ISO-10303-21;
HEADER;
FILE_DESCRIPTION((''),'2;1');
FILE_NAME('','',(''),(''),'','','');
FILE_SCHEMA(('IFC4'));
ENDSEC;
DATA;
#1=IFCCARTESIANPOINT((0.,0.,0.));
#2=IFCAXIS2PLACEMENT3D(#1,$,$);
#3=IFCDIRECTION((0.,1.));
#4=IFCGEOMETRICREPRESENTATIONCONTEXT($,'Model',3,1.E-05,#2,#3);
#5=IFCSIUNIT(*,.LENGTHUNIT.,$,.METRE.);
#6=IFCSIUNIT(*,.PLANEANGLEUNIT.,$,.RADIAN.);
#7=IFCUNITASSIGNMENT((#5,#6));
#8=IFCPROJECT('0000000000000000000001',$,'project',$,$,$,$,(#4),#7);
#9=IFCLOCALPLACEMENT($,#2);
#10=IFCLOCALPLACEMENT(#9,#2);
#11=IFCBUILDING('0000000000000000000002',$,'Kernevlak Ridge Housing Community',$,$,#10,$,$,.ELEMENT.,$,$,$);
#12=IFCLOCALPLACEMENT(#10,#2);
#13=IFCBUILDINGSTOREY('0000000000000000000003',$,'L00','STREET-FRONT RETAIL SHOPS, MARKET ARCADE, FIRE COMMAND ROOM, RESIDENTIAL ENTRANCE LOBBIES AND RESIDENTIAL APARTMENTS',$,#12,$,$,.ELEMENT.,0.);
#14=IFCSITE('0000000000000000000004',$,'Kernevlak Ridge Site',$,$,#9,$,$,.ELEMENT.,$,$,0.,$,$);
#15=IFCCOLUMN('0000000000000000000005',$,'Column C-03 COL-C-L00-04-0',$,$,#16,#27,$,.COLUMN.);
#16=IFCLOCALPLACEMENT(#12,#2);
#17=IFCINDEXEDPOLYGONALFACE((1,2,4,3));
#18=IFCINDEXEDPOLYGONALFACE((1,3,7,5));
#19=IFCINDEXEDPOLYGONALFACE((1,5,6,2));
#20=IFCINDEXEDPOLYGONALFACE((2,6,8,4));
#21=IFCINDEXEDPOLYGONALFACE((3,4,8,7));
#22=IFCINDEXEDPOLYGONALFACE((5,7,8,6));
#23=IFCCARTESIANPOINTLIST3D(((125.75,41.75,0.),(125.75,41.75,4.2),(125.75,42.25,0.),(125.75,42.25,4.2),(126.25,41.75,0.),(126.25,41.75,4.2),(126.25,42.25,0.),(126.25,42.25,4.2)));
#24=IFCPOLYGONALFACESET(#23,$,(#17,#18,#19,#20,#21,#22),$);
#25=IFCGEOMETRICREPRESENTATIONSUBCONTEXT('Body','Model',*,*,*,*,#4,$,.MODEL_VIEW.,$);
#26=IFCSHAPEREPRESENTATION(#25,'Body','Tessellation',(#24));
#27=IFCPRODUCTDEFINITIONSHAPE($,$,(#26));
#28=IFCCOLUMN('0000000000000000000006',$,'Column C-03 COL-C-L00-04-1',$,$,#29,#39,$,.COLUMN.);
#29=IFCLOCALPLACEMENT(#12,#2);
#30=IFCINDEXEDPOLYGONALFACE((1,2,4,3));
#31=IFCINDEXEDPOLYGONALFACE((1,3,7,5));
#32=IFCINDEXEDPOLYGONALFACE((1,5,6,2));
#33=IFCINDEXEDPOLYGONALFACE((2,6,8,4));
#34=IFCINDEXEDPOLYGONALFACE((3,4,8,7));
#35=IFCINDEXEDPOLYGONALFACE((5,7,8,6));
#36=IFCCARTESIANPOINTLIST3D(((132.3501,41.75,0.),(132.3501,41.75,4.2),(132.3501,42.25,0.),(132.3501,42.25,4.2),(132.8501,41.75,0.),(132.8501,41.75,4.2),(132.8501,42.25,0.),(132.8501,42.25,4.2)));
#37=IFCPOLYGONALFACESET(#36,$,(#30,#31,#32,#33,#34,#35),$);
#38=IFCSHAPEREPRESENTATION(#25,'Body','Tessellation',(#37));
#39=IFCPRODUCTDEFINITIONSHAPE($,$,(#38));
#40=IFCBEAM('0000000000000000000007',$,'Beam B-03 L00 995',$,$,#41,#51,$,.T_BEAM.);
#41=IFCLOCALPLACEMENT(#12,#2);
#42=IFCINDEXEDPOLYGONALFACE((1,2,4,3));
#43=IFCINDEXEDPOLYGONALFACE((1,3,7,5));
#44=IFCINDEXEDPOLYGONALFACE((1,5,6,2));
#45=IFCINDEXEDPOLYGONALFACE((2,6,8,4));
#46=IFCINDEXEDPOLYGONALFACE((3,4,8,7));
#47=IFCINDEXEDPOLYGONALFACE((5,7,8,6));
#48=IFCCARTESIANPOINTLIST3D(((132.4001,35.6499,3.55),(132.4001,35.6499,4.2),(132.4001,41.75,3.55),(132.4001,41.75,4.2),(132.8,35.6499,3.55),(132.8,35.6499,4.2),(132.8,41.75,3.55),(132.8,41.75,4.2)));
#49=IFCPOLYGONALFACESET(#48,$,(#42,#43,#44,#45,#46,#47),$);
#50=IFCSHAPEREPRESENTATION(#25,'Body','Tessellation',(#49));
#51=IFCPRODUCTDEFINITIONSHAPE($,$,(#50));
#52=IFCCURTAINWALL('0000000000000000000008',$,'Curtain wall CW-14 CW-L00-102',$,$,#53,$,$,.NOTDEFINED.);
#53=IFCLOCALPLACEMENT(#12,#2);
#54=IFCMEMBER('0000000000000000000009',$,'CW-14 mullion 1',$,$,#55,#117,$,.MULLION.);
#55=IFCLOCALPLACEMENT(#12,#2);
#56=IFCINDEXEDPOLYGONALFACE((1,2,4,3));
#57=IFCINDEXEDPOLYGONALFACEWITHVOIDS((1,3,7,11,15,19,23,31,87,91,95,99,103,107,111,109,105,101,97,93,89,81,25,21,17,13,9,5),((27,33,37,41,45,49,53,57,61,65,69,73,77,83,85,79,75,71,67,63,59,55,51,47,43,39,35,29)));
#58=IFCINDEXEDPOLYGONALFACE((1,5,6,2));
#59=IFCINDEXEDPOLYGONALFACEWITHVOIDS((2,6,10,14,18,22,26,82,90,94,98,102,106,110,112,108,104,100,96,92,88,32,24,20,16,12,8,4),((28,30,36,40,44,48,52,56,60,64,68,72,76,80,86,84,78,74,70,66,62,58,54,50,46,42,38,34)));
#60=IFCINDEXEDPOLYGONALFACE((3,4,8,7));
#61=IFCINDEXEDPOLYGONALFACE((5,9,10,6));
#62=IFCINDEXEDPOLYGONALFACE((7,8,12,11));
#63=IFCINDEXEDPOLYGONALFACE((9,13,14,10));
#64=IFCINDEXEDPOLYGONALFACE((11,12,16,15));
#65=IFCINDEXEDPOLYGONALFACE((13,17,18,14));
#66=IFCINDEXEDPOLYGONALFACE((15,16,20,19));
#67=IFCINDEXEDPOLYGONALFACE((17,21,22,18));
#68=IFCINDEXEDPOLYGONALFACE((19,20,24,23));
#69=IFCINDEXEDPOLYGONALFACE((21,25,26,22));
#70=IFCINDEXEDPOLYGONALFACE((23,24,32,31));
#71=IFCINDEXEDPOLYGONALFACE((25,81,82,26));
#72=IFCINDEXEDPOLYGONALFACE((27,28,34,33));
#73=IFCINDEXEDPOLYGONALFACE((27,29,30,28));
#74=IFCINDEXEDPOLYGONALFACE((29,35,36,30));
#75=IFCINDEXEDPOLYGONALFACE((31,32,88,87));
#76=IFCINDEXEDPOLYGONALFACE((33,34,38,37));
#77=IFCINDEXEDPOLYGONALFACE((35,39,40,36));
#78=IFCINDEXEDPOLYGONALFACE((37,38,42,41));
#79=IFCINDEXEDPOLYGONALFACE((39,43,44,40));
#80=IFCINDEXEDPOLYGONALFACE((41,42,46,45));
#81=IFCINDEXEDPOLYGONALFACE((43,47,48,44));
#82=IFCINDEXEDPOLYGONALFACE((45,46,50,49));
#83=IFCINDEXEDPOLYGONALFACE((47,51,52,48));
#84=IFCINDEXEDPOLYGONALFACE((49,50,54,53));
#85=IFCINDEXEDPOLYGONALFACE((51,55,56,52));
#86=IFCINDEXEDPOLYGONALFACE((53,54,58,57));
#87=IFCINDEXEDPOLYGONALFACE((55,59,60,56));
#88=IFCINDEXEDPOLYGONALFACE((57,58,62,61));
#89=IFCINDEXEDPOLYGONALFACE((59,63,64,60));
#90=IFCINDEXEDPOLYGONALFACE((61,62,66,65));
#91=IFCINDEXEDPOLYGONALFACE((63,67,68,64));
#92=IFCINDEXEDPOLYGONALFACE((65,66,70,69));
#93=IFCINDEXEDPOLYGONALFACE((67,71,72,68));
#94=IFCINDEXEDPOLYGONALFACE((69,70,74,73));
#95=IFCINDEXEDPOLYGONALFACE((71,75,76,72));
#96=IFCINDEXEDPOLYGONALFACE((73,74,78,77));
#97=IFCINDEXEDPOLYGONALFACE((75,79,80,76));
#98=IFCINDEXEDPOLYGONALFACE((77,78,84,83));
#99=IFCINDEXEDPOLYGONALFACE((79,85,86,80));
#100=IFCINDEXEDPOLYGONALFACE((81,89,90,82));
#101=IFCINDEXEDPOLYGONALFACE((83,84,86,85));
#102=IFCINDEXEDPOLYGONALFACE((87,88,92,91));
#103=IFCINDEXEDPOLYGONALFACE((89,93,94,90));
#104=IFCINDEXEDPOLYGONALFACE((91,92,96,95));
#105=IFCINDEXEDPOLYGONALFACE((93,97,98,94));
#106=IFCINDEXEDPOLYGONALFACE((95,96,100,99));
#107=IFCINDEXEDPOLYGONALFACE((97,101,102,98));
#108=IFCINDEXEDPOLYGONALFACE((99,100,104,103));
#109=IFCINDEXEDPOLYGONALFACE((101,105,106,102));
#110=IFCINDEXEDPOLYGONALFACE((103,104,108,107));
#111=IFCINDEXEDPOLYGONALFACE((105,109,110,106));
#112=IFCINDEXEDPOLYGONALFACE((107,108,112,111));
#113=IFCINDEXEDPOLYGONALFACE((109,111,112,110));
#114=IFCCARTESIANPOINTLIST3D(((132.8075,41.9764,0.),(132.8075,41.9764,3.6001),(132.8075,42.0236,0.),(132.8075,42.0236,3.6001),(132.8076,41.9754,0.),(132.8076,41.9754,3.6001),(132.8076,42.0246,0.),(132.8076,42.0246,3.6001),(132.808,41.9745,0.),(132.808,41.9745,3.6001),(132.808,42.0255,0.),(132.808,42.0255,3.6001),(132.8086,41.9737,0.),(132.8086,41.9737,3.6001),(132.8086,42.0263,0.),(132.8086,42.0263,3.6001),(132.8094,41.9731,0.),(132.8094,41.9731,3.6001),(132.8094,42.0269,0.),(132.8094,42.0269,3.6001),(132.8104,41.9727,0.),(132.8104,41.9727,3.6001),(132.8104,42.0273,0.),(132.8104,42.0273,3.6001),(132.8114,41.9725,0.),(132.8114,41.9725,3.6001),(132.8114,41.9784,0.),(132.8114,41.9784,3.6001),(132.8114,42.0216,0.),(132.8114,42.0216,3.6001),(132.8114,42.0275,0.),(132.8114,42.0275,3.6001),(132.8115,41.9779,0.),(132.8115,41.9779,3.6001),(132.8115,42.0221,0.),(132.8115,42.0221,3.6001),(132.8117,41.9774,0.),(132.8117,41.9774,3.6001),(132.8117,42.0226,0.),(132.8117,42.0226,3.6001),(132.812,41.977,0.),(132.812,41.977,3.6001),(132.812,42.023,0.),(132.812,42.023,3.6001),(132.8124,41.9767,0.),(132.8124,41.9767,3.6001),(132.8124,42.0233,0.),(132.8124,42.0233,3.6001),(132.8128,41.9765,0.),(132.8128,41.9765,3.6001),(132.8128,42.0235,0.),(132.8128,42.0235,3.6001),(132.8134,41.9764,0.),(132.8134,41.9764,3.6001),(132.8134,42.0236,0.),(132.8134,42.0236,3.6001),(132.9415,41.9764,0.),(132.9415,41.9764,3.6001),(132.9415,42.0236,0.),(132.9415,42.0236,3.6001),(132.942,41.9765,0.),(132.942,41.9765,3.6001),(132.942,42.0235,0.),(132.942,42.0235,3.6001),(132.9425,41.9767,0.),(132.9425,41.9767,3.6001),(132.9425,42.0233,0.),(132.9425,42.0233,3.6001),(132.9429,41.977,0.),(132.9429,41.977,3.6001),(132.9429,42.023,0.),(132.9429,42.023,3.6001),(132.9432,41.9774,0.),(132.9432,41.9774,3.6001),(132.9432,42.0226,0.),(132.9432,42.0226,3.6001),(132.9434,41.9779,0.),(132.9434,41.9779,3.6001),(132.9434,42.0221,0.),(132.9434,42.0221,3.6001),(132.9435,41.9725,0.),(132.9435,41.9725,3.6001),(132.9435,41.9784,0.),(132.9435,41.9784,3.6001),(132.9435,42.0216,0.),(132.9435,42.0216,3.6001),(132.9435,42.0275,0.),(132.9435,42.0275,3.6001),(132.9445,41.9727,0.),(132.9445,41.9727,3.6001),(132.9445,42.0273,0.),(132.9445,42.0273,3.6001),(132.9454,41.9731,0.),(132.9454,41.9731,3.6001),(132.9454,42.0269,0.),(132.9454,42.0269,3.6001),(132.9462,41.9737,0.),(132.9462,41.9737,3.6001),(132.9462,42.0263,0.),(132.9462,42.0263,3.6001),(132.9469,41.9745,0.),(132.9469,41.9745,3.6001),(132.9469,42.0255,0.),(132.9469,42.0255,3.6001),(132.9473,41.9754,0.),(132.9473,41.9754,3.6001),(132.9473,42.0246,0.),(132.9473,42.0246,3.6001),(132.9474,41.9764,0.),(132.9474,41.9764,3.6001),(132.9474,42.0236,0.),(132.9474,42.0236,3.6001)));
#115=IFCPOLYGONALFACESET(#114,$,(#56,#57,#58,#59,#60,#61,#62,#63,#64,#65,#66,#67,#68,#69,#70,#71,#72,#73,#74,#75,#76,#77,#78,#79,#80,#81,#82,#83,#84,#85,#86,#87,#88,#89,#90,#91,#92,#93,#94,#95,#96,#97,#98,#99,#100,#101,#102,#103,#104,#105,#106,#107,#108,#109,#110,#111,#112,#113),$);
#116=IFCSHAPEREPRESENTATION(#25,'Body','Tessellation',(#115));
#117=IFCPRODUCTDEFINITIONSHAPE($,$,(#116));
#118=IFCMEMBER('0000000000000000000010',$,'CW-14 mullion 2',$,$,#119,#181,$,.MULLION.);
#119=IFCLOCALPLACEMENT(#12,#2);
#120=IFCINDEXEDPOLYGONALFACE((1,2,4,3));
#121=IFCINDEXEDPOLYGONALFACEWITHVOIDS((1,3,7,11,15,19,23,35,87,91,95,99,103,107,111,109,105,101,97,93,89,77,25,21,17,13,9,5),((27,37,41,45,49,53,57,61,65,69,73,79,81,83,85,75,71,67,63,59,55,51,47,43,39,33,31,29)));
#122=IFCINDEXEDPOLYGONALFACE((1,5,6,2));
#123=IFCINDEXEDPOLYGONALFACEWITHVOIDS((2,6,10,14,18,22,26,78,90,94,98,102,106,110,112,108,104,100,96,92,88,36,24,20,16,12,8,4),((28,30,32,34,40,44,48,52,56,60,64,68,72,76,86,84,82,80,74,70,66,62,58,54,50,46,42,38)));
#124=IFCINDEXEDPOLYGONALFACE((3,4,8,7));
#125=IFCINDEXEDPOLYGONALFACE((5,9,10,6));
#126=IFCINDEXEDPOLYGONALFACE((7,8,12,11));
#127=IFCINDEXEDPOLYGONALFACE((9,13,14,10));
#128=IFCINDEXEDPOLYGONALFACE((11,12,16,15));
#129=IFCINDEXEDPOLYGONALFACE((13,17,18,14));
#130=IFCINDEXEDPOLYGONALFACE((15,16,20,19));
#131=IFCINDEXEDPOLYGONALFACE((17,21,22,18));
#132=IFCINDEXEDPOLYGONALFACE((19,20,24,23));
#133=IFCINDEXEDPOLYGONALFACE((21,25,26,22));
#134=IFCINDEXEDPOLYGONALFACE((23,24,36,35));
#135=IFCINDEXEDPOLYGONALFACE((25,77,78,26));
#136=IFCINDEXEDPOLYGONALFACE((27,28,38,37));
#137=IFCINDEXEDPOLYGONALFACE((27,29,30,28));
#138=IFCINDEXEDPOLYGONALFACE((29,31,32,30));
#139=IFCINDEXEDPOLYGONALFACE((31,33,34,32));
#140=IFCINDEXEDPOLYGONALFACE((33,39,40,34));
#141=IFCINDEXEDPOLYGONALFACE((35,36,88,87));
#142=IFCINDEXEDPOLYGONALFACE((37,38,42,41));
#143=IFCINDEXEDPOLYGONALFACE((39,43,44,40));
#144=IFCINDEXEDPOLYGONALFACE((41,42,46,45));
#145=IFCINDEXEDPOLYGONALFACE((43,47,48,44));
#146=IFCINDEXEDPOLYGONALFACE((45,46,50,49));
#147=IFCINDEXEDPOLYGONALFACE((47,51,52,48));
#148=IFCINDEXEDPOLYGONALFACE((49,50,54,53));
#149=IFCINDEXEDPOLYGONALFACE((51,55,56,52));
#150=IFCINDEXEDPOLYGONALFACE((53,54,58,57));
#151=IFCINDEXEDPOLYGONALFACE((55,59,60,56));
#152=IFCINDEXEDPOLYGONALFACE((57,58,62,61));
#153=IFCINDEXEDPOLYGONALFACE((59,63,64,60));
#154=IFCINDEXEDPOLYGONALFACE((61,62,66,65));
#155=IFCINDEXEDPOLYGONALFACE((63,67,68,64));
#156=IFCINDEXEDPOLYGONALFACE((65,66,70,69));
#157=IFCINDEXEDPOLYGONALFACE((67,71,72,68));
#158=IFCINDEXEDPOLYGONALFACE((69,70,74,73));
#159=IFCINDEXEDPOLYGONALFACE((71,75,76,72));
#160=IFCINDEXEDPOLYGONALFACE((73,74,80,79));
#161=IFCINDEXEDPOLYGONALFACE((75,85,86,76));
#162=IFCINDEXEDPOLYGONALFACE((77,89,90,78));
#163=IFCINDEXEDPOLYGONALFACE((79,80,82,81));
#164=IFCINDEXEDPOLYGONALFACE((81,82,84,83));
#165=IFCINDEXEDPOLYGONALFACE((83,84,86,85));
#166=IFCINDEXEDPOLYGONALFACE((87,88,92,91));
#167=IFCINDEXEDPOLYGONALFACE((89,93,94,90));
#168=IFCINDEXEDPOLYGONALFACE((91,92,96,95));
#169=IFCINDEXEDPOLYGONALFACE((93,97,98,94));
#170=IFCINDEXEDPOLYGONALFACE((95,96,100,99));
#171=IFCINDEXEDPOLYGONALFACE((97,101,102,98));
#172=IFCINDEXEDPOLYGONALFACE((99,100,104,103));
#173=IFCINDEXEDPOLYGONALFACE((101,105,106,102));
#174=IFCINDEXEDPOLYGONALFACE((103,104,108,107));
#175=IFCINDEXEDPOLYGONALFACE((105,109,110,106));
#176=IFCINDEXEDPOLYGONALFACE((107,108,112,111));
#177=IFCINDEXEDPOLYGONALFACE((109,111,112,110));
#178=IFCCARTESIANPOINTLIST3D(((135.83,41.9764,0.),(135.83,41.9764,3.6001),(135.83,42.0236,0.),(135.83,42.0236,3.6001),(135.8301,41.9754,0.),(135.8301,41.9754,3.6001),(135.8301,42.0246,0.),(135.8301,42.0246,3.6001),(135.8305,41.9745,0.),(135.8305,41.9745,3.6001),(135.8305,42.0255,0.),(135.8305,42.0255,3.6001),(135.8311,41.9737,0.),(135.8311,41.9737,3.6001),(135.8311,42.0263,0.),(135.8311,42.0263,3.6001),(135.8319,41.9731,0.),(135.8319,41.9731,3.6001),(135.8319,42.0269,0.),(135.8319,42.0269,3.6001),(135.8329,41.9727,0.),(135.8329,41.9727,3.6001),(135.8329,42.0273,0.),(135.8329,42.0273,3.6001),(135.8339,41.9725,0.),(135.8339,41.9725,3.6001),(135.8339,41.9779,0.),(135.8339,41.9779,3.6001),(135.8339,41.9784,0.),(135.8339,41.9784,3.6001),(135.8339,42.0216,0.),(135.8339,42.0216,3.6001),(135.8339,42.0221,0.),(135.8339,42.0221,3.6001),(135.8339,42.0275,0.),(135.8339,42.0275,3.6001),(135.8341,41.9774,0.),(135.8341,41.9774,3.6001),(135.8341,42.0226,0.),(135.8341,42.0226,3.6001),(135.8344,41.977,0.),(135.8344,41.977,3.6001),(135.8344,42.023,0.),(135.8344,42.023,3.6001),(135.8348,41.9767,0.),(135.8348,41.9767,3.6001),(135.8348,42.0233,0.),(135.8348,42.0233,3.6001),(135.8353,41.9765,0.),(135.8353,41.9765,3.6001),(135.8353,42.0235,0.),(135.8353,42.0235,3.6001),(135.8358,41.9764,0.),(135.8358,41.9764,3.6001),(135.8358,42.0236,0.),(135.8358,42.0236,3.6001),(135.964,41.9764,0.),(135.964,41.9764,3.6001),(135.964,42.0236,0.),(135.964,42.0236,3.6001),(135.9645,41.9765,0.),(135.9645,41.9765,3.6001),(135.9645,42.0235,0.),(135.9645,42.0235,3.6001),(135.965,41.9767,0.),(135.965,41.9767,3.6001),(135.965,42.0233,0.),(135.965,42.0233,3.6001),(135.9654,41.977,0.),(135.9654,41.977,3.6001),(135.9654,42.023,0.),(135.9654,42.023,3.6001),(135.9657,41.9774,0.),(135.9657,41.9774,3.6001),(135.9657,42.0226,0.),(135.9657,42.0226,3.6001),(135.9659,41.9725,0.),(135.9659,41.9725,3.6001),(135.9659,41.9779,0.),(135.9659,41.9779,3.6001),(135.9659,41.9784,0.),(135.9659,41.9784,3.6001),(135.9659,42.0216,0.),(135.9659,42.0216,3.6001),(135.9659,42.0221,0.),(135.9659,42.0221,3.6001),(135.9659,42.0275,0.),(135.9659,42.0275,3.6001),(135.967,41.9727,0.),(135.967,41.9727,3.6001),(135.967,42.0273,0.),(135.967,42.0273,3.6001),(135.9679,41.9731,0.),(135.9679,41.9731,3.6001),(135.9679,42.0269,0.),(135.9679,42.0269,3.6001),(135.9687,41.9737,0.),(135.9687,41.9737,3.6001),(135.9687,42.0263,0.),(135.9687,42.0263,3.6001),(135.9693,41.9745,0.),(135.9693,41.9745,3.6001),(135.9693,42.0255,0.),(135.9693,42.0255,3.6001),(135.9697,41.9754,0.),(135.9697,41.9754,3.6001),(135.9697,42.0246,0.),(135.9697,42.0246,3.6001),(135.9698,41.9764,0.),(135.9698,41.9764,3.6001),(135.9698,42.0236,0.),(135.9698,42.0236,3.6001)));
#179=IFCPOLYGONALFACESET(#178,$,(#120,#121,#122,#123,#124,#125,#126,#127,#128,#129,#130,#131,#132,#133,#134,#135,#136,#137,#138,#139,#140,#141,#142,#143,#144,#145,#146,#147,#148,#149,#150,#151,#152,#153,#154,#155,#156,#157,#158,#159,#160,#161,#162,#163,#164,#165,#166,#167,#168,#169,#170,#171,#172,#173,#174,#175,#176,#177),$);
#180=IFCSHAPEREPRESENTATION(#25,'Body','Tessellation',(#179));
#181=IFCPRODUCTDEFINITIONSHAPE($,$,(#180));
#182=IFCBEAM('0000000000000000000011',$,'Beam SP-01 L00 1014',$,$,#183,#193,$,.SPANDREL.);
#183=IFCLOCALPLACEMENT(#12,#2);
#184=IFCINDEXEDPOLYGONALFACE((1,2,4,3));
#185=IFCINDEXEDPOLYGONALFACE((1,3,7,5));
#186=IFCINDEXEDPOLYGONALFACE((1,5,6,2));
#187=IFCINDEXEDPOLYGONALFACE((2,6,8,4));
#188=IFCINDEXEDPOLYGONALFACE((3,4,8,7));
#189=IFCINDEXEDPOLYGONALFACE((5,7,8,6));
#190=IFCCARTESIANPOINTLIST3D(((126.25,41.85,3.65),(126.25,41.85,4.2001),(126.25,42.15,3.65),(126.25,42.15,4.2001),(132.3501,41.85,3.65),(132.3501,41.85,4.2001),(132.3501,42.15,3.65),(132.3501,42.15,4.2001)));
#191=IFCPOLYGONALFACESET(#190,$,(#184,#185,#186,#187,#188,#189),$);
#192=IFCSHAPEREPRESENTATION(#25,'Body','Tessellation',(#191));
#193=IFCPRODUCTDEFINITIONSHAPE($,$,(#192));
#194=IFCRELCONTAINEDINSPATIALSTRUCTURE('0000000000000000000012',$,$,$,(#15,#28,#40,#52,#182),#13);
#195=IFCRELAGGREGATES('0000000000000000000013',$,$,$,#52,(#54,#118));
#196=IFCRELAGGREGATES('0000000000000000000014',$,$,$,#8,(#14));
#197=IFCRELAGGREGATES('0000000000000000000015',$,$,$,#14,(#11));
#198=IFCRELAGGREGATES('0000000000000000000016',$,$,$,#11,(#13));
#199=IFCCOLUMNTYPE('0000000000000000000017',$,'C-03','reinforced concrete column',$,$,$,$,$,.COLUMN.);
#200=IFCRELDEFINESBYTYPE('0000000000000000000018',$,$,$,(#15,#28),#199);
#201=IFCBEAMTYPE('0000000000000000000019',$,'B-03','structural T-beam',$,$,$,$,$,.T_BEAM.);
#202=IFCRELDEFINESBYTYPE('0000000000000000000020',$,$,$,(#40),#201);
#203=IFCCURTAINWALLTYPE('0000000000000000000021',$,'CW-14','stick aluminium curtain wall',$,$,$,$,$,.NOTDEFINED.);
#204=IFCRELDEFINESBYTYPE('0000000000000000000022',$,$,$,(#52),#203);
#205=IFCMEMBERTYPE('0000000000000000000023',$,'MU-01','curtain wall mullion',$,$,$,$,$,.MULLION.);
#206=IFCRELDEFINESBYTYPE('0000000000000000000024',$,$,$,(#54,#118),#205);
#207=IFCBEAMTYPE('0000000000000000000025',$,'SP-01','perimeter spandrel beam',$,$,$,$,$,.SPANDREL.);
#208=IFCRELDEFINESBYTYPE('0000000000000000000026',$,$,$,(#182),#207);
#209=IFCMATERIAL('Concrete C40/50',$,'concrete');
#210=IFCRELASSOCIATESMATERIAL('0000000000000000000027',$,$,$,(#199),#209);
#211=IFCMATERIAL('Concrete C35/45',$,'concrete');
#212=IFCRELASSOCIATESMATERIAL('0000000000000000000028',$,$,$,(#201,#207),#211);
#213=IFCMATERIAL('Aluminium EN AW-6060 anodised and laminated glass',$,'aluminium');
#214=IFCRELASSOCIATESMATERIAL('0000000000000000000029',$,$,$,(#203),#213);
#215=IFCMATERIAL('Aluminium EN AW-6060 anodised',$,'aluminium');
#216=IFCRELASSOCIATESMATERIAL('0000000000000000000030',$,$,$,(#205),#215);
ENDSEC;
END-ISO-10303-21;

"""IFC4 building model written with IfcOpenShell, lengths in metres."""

from ifc_helpers import new_model, si_unit, direction, frame, origin, origin_2d, place, context, subcontext, project, spatial, rectangle, hollow_rectangle, extrude, material, material_profile, profile_set, type_object, element, aggregate, save


model = new_model("IFC4")

# Units and contexts
model_context = context("Model", 3, precision=1e-05, world=origin(), true_north=direction((0.0, 1.0)))
body_context = subcontext(model_context, "Body", "Model", "MODEL_VIEW")
ifc_project = project(units=[si_unit("LENGTHUNIT", "METRE"), si_unit("PLANEANGLEUNIT", "RADIAN")], contexts=[model_context])

# Site, building, storey
site_placement = place(None, origin())
site = spatial("IfcSite", under=ifc_project, at=site_placement, Name="Kernevlak Ridge Site", CompositionType="ELEMENT", RefElevation=0.0)
building_placement = place(site_placement, origin())
building = spatial("IfcBuilding", under=site, at=building_placement, Name="Kernevlak Ridge Housing Community", CompositionType="ELEMENT")
storey_placement = place(building_placement, origin())
storey = spatial("IfcBuildingStorey", under=building, at=storey_placement, Name="L00", Description="STREET-FRONT RETAIL SHOPS, MARKET ARCADE, FIRE COMMAND ROOM, RESIDENTIAL ENTRANCE LOBBIES AND RESIDENTIAL APARTMENTS", CompositionType="ELEMENT", Elevation=0.0)

# Columns
ifc_material_1 = material(Name="Concrete C40/50", Category="concrete")
ifc_material_profile_1 = material_profile(ifc_material_1, rectangle(XDim=0.5, YDim=0.5, at=origin_2d()), Name="RC 500x500")
ifc_profile_set_1 = profile_set([ifc_material_profile_1], Name="Concrete C40/50")
column_type = type_object("IfcColumnType", Name="C-03", Description="reinforced concrete column", PredefinedType="COLUMN", material=ifc_profile_set_1)
for number, where, z_axis, x_axis, name in (
    (1, (126.0, 42.0, 0.0), (0.0, 0.0, 1.0), (1.0, 0.0, 0.0), "Column C-03 COL-C-L00-04-0"),
    (2, (132.6001, 42.0, 0.0), (0.0, 0.0, 1.0), (1.0, 0.0, 0.0), "Column C-03 COL-C-L00-04-1"),
):
    element("IfcColumn", number, at=place(storey_placement, frame(where, z_axis=z_axis, x_axis=x_axis)), inside=storey, type_object=column_type, Name=name, PredefinedType="COLUMN", context=body_context, shape_type="SweptSolid", body=[
        extrude(rectangle(XDim=0.5, YDim=0.5, at=origin_2d()), origin(), (0.0, 0.0, 1.0), 4.2),
    ])

# Beam
ifc_material_2 = material(Name="Concrete C35/45", Category="concrete")
ifc_material_profile_2 = material_profile(ifc_material_2, rectangle(XDim=0.3999, YDim=0.6499, at=origin_2d()), Name="RC 400x650")
ifc_profile_set_2 = profile_set([ifc_material_profile_2], Name="Concrete C35/45")
beam_type_1 = type_object("IfcBeamType", Name="B-03", Description="structural T-beam", PredefinedType="T_BEAM", material=ifc_profile_set_2)
beam_1_placement = place(storey_placement, frame((132.6001, 35.6499, 3.875), z_axis=(0.0, 1.0, 0.0), x_axis=(-1.0, 0.0, 0.0)))
element("IfcBeam", 3, at=beam_1_placement, inside=storey, type_object=beam_type_1, Name="Beam B-03 L00 995", PredefinedType="T_BEAM", context=body_context, shape_type="SweptSolid", body=[
    extrude(rectangle(XDim=0.3999, YDim=0.6499, at=origin_2d()), origin(), (0.0, 0.0, 1.0), 6.1001),
])

# Curtain wall, members
ifc_material_3 = material(Name="Aluminium EN AW-6060 anodised and laminated glass", Category="aluminium")
curtain_wall_type = type_object("IfcCurtainWallType", Name="CW-14", Description="stick aluminium curtain wall", PredefinedType="NOTDEFINED", material=ifc_material_3)
curtain_wall_placement = place(storey_placement, origin())
curtain_wall = element("IfcCurtainWall", 4, at=curtain_wall_placement, inside=storey, type_object=curtain_wall_type, Name="Curtain wall CW-14 CW-L00-102", PredefinedType="NOTDEFINED")
ifc_material_4 = material(Name="Aluminium EN AW-6060 anodised", Category="aluminium")
ifc_material_profile_3 = material_profile(ifc_material_4, hollow_rectangle(XDim=0.0549, YDim=0.1399, WallThickness=0.0039, InnerFilletRadius=0.002, OuterFilletRadius=0.0039, at=origin_2d()), Name="ALU 55x140x4")
ifc_profile_set_3 = profile_set([ifc_material_profile_3], Name="Aluminium EN AW-6060 anodised")
member_type_1 = type_object("IfcMemberType", Name="MU-01", Description="curtain wall mullion", PredefinedType="MULLION", material=ifc_profile_set_3)
member_1_placement = place(storey_placement, frame((132.8774, 42.0, 0.0), z_axis=(0.0, 0.0, 1.0), x_axis=(0.0, 1.0, 0.0)))
member_1 = element("IfcMember", 5, at=member_1_placement, type_object=member_type_1, Name="CW-14 mullion 1", PredefinedType="MULLION", context=body_context, shape_type="SweptSolid", body=[
    extrude(hollow_rectangle(XDim=0.0549, YDim=0.1399, WallThickness=0.0039, InnerFilletRadius=0.002, OuterFilletRadius=0.0039, at=origin_2d()), origin(), (0.0, 0.0, 1.0), 3.6001),
])
member_2_placement = place(storey_placement, frame((135.8999, 42.0, 0.0), z_axis=(0.0, 0.0, 1.0), x_axis=(0.0, 1.0, 0.0)))
member_2 = element("IfcMember", 6, at=member_2_placement, type_object=member_type_1, Name="CW-14 mullion 2", PredefinedType="MULLION", context=body_context, shape_type="SweptSolid", body=[
    extrude(hollow_rectangle(XDim=0.0549, YDim=0.1399, WallThickness=0.0039, InnerFilletRadius=0.002, OuterFilletRadius=0.0039, at=origin_2d()), origin(), (0.0, 0.0, 1.0), 3.6001),
])

# Beam
ifc_material_profile_4 = material_profile(ifc_material_2, rectangle(XDim=0.3, YDim=0.55, at=origin_2d()), Name="RC 300x550")
ifc_profile_set_4 = profile_set([ifc_material_profile_4], Name="Concrete C35/45")
beam_type_2 = type_object("IfcBeamType", Name="SP-01", Description="perimeter spandrel beam", PredefinedType="SPANDREL", material=ifc_profile_set_4)
beam_2_placement = place(storey_placement, frame((126.25, 42.0, 3.925), z_axis=(1.0, 0.0, 0.0), x_axis=(0.0, 1.0, 0.0)))
element("IfcBeam", 7, at=beam_2_placement, inside=storey, type_object=beam_type_2, Name="Beam SP-01 L00 1014", PredefinedType="SPANDREL", context=body_context, shape_type="SweptSolid", body=[
    extrude(rectangle(XDim=0.3, YDim=0.55, at=origin_2d()), origin(), (0.0, 0.0, 1.0), 6.1001),
])

aggregate(curtain_wall, [member_1, member_2])

save(model, "model.ifc")
